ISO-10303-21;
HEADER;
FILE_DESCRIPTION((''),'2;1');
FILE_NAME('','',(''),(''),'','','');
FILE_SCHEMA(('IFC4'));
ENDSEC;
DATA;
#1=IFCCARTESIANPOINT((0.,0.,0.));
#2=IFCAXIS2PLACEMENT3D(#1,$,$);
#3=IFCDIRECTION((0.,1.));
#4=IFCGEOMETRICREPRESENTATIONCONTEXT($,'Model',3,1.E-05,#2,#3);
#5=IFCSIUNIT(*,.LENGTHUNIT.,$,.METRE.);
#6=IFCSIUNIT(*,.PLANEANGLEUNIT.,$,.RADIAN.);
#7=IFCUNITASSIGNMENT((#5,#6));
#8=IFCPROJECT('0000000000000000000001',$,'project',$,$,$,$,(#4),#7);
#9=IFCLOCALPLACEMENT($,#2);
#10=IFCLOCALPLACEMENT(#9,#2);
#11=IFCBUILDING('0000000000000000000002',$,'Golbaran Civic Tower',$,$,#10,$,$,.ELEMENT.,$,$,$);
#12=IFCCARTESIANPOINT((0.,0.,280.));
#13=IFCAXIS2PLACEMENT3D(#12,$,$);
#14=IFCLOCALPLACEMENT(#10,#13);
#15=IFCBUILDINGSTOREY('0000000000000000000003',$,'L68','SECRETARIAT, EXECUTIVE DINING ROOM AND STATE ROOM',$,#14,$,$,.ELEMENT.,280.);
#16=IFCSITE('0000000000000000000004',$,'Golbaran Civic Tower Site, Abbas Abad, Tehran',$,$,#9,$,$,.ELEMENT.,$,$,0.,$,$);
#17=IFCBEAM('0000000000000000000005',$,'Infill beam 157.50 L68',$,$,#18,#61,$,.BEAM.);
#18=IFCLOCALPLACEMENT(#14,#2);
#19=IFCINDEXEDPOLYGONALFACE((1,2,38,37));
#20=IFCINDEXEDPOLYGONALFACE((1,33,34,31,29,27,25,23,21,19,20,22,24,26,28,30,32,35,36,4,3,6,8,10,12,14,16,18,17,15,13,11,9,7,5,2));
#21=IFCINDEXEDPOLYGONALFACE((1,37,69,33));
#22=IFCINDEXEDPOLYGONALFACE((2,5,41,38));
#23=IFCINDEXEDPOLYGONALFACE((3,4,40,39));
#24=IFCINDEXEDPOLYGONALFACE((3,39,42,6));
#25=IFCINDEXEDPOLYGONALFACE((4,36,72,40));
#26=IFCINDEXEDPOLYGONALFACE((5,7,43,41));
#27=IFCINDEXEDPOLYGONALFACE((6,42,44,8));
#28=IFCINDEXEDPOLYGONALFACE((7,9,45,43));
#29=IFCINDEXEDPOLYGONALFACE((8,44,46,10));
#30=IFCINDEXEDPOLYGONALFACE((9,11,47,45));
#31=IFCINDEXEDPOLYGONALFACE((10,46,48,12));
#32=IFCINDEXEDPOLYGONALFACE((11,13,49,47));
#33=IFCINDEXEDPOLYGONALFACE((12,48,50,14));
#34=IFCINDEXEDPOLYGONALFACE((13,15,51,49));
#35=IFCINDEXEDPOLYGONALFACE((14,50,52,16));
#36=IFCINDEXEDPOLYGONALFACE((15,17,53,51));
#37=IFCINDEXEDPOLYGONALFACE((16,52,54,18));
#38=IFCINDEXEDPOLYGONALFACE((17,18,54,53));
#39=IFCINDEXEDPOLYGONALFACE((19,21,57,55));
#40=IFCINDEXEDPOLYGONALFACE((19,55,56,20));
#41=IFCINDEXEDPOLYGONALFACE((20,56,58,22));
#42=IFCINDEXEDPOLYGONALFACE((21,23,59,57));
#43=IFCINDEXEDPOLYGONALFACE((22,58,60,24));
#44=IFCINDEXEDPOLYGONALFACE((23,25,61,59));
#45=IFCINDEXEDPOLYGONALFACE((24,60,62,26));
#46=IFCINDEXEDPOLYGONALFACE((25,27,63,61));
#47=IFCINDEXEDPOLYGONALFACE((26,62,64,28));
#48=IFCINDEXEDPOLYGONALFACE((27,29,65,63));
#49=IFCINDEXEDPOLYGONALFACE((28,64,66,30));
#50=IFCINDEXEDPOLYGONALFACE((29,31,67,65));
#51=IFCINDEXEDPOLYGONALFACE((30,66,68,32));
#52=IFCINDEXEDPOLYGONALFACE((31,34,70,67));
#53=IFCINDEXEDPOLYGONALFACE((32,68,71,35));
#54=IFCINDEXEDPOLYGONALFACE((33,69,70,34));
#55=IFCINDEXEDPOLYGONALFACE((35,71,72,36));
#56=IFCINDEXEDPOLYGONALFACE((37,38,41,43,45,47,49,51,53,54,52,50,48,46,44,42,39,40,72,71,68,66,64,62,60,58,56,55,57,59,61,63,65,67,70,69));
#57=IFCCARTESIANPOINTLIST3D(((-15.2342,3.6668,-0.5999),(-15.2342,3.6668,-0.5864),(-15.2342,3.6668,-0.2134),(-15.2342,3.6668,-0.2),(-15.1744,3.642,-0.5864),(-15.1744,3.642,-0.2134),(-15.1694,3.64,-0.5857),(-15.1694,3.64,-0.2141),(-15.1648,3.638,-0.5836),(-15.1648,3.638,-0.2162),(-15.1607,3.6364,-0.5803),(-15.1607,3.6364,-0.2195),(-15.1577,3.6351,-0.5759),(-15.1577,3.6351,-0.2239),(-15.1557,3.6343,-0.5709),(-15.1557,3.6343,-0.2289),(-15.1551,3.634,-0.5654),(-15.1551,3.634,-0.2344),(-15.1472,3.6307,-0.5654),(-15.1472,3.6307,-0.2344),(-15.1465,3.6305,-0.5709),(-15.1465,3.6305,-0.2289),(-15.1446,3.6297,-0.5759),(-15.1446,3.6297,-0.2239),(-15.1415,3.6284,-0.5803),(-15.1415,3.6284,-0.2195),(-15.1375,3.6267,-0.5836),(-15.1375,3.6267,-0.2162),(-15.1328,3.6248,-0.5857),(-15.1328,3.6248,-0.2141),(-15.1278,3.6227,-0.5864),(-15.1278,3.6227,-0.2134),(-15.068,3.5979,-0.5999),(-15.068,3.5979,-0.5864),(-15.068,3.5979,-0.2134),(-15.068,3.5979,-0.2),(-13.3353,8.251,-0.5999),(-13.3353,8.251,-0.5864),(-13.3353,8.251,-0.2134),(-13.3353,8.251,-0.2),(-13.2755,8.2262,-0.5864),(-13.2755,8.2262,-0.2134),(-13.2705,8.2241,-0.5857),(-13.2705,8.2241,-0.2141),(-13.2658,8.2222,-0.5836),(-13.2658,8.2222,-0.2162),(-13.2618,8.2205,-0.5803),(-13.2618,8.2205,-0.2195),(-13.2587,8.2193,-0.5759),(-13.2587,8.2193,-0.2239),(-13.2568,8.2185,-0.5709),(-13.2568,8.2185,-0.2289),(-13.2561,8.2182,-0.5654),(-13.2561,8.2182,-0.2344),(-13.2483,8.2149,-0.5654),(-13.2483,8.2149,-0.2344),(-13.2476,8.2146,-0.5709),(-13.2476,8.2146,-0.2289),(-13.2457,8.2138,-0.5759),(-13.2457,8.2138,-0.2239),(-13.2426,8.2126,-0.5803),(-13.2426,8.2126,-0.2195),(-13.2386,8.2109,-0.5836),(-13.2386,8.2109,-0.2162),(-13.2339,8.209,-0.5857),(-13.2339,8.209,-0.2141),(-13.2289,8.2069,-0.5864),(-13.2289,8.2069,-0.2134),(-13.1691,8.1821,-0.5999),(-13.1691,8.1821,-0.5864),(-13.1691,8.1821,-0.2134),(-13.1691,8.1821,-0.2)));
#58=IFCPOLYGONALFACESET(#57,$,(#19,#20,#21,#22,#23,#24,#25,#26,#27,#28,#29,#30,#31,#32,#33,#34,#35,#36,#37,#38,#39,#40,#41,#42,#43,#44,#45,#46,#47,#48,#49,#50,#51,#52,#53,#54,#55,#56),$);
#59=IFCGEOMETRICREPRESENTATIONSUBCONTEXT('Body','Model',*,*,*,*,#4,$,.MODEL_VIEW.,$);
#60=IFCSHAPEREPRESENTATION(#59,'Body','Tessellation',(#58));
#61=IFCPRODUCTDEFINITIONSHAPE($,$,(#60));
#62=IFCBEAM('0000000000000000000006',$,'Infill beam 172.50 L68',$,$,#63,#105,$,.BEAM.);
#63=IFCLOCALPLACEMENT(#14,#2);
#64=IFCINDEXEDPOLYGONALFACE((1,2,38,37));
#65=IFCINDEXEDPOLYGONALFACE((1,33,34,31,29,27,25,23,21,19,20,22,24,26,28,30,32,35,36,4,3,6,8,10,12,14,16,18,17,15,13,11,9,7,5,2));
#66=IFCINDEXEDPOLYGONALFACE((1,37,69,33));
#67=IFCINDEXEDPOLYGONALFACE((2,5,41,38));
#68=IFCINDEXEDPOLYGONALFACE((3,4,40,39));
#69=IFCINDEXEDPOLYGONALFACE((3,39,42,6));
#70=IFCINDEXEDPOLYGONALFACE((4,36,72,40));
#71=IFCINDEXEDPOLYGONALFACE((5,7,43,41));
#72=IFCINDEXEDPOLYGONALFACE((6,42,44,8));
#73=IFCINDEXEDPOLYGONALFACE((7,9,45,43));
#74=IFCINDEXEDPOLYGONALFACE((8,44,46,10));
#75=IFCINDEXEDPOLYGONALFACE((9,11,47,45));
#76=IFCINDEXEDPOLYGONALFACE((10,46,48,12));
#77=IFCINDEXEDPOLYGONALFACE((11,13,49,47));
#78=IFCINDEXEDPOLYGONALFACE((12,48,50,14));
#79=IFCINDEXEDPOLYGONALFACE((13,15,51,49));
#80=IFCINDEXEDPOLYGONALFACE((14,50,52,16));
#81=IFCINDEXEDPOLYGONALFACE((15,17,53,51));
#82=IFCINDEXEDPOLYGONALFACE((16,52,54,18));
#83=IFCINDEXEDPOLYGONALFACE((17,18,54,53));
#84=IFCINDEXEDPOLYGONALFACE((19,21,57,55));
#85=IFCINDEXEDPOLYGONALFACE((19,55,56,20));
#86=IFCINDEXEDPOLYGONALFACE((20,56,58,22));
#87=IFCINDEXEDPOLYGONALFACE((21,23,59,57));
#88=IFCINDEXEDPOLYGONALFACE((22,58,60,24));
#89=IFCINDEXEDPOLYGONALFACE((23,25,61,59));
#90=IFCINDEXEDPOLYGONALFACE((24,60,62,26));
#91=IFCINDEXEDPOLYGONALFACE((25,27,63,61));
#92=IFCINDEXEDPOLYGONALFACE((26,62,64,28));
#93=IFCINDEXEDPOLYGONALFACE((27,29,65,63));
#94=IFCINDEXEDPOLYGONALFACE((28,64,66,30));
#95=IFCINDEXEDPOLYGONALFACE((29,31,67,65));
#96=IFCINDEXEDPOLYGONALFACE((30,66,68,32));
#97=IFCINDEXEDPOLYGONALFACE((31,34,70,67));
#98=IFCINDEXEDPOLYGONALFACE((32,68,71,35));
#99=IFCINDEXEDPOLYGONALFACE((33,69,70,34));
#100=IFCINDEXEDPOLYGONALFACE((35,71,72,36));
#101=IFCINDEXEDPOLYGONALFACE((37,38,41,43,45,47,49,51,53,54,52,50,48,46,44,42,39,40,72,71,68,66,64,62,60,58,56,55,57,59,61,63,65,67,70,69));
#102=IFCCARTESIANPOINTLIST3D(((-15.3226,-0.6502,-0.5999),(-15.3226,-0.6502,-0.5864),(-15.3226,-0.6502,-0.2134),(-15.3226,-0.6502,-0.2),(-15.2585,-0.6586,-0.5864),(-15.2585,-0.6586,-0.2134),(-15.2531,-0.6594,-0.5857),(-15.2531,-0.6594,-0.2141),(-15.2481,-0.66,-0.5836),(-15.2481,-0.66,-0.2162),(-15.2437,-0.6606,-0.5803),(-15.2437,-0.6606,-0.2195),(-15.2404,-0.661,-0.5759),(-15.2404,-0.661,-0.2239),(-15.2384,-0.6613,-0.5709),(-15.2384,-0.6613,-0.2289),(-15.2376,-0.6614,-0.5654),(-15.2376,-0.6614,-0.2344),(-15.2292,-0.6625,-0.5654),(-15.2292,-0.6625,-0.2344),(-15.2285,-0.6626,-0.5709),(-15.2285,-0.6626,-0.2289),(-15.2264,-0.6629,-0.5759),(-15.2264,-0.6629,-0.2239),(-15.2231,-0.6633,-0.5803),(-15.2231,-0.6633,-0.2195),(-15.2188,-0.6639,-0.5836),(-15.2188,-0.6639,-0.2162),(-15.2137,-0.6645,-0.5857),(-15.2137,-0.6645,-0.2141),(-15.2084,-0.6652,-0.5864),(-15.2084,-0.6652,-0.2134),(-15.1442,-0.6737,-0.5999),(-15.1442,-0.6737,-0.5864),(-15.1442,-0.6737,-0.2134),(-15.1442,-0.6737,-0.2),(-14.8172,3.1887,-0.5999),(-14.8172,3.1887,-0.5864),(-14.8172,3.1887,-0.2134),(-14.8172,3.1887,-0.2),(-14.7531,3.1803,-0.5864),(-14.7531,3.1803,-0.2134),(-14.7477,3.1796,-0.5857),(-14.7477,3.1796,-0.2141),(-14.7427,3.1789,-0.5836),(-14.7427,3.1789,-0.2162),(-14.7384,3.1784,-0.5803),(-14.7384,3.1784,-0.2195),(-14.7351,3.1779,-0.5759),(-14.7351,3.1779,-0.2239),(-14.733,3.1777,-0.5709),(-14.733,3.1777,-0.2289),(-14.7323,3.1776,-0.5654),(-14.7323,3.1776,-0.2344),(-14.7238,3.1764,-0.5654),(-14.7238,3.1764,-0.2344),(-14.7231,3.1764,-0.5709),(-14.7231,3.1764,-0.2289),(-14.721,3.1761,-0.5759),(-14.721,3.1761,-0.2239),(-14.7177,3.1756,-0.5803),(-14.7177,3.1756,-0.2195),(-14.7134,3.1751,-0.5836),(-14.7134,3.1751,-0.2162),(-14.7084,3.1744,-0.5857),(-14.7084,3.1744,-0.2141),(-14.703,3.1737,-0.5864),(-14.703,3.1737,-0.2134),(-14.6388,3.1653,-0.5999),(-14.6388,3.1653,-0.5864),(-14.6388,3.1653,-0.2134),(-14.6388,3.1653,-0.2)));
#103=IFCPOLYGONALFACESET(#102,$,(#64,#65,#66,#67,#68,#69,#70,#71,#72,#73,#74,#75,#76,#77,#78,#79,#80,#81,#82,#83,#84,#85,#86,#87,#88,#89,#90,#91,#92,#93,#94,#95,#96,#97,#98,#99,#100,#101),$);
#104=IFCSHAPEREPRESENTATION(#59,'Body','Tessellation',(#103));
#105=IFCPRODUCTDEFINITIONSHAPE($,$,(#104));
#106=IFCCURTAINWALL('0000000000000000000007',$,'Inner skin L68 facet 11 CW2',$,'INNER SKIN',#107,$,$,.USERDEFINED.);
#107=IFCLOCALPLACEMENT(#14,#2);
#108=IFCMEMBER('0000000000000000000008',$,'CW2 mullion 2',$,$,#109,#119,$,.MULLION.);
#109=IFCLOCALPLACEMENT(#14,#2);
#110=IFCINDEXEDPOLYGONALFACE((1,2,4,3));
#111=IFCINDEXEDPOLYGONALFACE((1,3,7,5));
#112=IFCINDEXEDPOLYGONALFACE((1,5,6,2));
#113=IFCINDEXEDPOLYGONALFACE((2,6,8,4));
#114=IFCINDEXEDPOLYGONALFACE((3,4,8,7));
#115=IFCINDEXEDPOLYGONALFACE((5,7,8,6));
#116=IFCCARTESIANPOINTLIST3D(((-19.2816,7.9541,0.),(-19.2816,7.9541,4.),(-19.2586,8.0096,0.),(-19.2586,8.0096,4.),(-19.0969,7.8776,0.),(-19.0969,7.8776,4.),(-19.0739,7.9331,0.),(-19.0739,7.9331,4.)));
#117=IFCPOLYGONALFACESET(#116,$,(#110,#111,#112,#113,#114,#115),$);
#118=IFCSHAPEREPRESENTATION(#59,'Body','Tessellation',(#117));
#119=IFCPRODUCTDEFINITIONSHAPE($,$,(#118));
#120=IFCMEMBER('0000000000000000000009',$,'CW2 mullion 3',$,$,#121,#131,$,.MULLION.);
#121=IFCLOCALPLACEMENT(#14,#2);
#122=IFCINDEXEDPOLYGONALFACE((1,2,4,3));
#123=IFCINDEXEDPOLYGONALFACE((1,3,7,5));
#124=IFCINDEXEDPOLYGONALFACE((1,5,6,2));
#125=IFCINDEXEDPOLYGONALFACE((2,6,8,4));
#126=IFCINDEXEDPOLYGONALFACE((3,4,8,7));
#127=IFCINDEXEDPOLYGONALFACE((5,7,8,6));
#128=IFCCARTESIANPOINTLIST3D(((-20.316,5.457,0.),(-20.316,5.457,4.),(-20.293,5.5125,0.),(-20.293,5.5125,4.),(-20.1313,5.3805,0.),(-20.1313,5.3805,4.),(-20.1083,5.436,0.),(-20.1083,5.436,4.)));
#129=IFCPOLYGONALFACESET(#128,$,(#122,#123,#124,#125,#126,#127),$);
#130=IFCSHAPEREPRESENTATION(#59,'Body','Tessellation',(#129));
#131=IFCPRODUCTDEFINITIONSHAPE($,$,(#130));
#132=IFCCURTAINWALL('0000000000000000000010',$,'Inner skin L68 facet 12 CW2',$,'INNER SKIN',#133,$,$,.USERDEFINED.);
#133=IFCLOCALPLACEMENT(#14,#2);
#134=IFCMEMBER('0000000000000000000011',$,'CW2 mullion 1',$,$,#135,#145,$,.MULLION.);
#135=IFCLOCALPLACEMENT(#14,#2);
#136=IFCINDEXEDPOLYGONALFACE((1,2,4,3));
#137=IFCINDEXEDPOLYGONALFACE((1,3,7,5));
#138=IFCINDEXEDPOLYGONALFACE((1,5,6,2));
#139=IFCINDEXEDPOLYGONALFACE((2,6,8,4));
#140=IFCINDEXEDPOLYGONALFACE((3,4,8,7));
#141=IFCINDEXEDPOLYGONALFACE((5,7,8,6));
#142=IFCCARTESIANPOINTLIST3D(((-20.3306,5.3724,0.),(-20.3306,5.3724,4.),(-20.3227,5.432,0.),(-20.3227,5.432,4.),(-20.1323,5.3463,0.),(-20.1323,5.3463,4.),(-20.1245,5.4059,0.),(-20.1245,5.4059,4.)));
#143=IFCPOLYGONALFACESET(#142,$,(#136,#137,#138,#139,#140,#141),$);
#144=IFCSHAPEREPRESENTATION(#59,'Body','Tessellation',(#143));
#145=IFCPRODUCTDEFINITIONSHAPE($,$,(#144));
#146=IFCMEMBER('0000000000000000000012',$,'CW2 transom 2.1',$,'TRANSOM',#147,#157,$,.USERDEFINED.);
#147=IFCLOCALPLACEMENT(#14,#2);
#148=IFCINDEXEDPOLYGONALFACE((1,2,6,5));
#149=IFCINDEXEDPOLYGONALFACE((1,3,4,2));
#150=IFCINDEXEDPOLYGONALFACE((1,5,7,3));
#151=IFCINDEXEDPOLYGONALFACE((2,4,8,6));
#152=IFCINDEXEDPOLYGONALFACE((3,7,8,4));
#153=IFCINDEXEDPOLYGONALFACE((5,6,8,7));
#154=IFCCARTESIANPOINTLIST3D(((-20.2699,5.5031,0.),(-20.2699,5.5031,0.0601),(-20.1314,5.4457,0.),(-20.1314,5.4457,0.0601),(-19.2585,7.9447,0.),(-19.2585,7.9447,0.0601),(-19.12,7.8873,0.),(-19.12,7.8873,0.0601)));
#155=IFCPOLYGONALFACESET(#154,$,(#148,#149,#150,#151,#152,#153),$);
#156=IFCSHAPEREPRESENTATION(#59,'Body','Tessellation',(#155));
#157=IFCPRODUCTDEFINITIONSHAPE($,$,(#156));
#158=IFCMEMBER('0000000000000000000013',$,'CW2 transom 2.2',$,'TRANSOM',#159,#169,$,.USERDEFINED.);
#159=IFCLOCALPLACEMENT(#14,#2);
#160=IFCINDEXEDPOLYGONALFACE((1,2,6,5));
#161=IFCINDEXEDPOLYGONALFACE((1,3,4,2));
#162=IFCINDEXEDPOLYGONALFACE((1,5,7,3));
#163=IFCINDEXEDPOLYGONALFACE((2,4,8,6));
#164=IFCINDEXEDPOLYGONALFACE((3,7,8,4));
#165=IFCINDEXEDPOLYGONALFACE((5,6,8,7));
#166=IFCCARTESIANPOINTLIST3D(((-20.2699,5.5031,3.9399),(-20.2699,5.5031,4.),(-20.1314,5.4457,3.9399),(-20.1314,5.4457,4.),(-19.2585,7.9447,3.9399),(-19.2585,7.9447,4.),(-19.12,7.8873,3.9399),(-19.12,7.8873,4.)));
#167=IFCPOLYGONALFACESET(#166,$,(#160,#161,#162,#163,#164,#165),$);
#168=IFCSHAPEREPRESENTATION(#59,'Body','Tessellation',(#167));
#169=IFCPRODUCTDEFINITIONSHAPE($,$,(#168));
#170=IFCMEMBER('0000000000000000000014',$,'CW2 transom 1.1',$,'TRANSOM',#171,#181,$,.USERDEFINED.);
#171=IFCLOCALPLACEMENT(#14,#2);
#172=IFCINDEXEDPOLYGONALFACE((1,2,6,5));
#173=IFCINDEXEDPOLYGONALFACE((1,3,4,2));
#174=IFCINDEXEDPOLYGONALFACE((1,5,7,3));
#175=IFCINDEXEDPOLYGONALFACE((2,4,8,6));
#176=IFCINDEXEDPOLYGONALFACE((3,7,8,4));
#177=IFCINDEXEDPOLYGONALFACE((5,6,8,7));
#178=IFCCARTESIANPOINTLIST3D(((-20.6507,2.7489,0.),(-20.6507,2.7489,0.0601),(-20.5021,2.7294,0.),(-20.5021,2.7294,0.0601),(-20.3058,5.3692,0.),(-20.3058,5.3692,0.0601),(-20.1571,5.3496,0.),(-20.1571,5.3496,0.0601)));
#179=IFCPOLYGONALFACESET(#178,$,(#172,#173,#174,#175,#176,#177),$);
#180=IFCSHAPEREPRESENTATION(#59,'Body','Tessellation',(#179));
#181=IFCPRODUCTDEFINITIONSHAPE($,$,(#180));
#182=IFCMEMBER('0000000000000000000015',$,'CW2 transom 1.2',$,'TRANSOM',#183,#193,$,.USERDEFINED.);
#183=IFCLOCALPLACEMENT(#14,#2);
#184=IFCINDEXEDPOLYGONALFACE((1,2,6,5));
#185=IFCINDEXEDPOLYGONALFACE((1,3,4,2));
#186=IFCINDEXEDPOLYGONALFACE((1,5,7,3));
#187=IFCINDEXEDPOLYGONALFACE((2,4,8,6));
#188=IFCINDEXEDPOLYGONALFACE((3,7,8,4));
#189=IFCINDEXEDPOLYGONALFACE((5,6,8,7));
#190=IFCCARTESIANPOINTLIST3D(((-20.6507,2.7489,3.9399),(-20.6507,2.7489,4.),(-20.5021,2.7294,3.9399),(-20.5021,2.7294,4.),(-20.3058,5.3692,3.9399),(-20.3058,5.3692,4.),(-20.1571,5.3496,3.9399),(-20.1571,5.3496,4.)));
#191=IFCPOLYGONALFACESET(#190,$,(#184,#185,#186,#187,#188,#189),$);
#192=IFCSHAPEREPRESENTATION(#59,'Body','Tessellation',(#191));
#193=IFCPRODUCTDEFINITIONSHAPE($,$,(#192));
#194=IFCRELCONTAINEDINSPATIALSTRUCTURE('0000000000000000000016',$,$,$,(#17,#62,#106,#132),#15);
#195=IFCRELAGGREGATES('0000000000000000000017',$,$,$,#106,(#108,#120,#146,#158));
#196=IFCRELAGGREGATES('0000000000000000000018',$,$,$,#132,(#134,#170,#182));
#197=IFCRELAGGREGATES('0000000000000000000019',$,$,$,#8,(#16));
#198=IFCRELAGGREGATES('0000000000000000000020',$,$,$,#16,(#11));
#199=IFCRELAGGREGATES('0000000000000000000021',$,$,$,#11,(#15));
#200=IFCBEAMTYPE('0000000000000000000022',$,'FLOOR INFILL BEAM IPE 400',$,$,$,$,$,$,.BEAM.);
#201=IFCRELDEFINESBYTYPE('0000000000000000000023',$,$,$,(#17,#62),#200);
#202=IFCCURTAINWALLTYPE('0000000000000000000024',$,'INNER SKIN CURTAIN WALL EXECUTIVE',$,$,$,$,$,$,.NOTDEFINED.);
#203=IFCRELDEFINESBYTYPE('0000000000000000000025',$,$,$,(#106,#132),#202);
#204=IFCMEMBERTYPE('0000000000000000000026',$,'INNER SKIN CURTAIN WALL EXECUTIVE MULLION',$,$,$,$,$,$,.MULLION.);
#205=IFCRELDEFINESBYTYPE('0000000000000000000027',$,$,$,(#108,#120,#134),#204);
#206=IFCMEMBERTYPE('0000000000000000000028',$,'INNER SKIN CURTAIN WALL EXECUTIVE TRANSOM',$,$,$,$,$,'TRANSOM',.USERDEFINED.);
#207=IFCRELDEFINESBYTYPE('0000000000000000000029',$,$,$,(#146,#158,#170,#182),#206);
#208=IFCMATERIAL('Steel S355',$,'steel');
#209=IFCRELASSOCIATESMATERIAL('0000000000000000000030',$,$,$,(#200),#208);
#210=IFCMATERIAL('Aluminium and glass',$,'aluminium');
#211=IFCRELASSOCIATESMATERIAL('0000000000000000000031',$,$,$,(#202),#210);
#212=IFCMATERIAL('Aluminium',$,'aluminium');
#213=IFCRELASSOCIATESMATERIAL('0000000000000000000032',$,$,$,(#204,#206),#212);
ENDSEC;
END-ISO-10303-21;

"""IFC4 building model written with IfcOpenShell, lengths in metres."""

from ifc_helpers import new_model, si_unit, direction, frame, origin, origin_2d, place, context, subcontext, project, spatial, rectangle, i_section, extrude, material, material_profile, profile_set, type_object, element, aggregate, save


model = new_model("IFC4")

# Units and contexts
model_context = context("Model", 3, precision=1e-05, world=origin(), true_north=direction((0.0, 1.0)))
body_context = subcontext(model_context, "Body", "Model", "MODEL_VIEW")
ifc_project = project(units=[si_unit("LENGTHUNIT", "METRE"), si_unit("PLANEANGLEUNIT", "RADIAN")], contexts=[model_context])

# Site, building, storey
site_placement = place(None, origin())
site = spatial("IfcSite", under=ifc_project, at=site_placement, Name="Golbaran Civic Tower Site, Abbas Abad, Tehran", CompositionType="ELEMENT", RefElevation=0.0)
building_placement = place(site_placement, origin())
building = spatial("IfcBuilding", under=site, at=building_placement, Name="Golbaran Civic Tower", CompositionType="ELEMENT")
storey_placement = place(building_placement, frame((0.0, 0.0, 280.0)))
storey = spatial("IfcBuildingStorey", under=building, at=storey_placement, Name="L68", Description="SECRETARIAT, EXECUTIVE DINING ROOM AND STATE ROOM", CompositionType="ELEMENT", Elevation=280.0)

# Beams
ifc_material_1 = material(Name="Steel S355", Category="steel")
ifc_material_profile_1 = material_profile(ifc_material_1, i_section(OverallWidth=0.1799, OverallDepth=0.3999, WebThickness=0.0085, FlangeThickness=0.0134, FilletRadius=0.021, at=origin_2d()), Name="IPE 400")
ifc_profile_set_1 = profile_set([ifc_material_profile_1], Name="Steel S355")
beam_type = type_object("IfcBeamType", Name="FLOOR INFILL BEAM IPE 400", PredefinedType="BEAM", material=ifc_profile_set_1)
beam_1_placement = place(storey_placement, frame((-13.2522, 8.2166, -0.3999), z_axis=(-0.382697, -0.923874, 0.0), x_axis=(0.923874, -0.382697, 0.0)))
element("IfcBeam", 1, at=beam_1_placement, inside=storey, type_object=beam_type, Name="Infill beam 157.50 L68", PredefinedType="BEAM", context=body_context, shape_type="SweptSolid", body=[
    extrude(i_section(OverallWidth=0.1799, OverallDepth=0.3999, WebThickness=0.0085, FlangeThickness=0.0134, FilletRadius=0.021, at=origin_2d()), origin(), (0.0, 0.0, 1.0), 4.9619),
])
beam_2_placement = place(storey_placement, frame((-14.728, 3.177, -0.3999), z_axis=(-0.13052, -0.991446, 0.0), x_axis=(0.991446, -0.13052, 0.0)))
element("IfcBeam", 2, at=beam_2_placement, inside=storey, type_object=beam_type, Name="Infill beam 172.50 L68", PredefinedType="BEAM", context=body_context, shape_type="SweptSolid", body=[
    extrude(i_section(OverallWidth=0.1799, OverallDepth=0.3999, WebThickness=0.0085, FlangeThickness=0.0134, FilletRadius=0.021, at=origin_2d()), origin(), (0.0, 0.0, 1.0), 3.8721),
])

# Curtain wall, members
ifc_material_2 = material(Name="Aluminium and glass", Category="aluminium")
curtain_wall_type = type_object("IfcCurtainWallType", Name="INNER SKIN CURTAIN WALL EXECUTIVE", PredefinedType="NOTDEFINED", material=ifc_material_2)
curtain_wall_1_placement = place(storey_placement, origin())
curtain_wall_1 = element("IfcCurtainWall", 3, at=curtain_wall_1_placement, inside=storey, type_object=curtain_wall_type, Name="Inner skin L68 facet 11 CW2", ObjectType="INNER SKIN", PredefinedType="USERDEFINED")
ifc_material_3 = material(Name="Aluminium", Category="aluminium")
ifc_material_profile_2 = material_profile(ifc_material_3, rectangle(XDim=0.2, YDim=0.0601, at=origin_2d()), Name="INNER SKIN CURTAIN WALL EXECUTIVE MULLION")
ifc_profile_set_2 = profile_set([ifc_material_profile_2], Name="Aluminium")
member_type_1 = type_object("IfcMemberType", Name="INNER SKIN CURTAIN WALL EXECUTIVE MULLION", PredefinedType="MULLION", material=ifc_profile_set_2)
member_1_placement = place(storey_placement, frame((-19.1777, 7.9436, 0.0), z_axis=(0.0, 0.0, 1.0), x_axis=(0.92388, -0.382683, 0.0)))
member_1 = element("IfcMember", 4, at=member_1_placement, type_object=member_type_1, Name="CW2 mullion 2", PredefinedType="MULLION", context=body_context, shape_type="SweptSolid", body=[
    extrude(rectangle(XDim=0.2, YDim=0.0601, at=origin_2d()), origin(), (0.0, 0.0, 1.0), 4.0),
])
member_2_placement = place(storey_placement, frame((-20.2122, 5.4465, 0.0), z_axis=(0.0, 0.0, 1.0), x_axis=(0.92388, -0.382683, 0.0)))
member_2 = element("IfcMember", 5, at=member_2_placement, type_object=member_type_1, Name="CW2 mullion 3", PredefinedType="MULLION", context=body_context, shape_type="SweptSolid", body=[
    extrude(rectangle(XDim=0.2, YDim=0.0601, at=origin_2d()), origin(), (0.0, 0.0, 1.0), 4.0),
])

# Curtain wall, member
curtain_wall_2_placement = place(storey_placement, origin())
curtain_wall_2 = element("IfcCurtainWall", 6, at=curtain_wall_2_placement, inside=storey, type_object=curtain_wall_type, Name="Inner skin L68 facet 12 CW2", ObjectType="INNER SKIN", PredefinedType="USERDEFINED")
member_3_placement = place(storey_placement, frame((-20.2275, 5.3892, 0.0), z_axis=(0.0, 0.0, 1.0), x_axis=(0.991445, -0.130526, 0.0)))
member_3 = element("IfcMember", 7, at=member_3_placement, type_object=member_type_1, Name="CW2 mullion 1", PredefinedType="MULLION", context=body_context, shape_type="SweptSolid", body=[
    extrude(rectangle(XDim=0.2, YDim=0.0601, at=origin_2d()), origin(), (0.0, 0.0, 1.0), 4.0),
])

# Members
ifc_material_profile_3 = material_profile(ifc_material_3, rectangle(XDim=0.1499, YDim=0.0601, at=origin_2d()), Name="INNER SKIN CURTAIN WALL EXECUTIVE TRANSOM")
ifc_profile_set_3 = profile_set([ifc_material_profile_3], Name="Aluminium")
member_type_2 = type_object("IfcMemberType", Name="INNER SKIN CURTAIN WALL EXECUTIVE TRANSOM", ElementType="TRANSOM", PredefinedType="USERDEFINED", material=ifc_profile_set_3)
member_4_placement = place(storey_placement, frame((-19.1892, 7.916, 0.03), z_axis=(-0.382719, -0.923865, 0.0), x_axis=(0.923865, -0.382719, 0.0)))
member_4 = element("IfcMember", 8, at=member_4_placement, type_object=member_type_2, Name="CW2 transom 2.1", ObjectType="TRANSOM", PredefinedType="USERDEFINED", context=body_context, shape_type="SweptSolid", body=[
    extrude(rectangle(XDim=0.1499, YDim=0.0601, at=origin_2d()), origin(), (0.0, 0.0, 1.0), 2.6428),
])
member_5_placement = place(storey_placement, frame((-19.1892, 7.916, 3.97), z_axis=(-0.382719, -0.923865, 0.0), x_axis=(0.923865, -0.382719, 0.0)))
member_5 = element("IfcMember", 9, at=member_5_placement, type_object=member_type_2, Name="CW2 transom 2.2", ObjectType="TRANSOM", PredefinedType="USERDEFINED", context=body_context, shape_type="SweptSolid", body=[
    extrude(rectangle(XDim=0.1499, YDim=0.0601, at=origin_2d()), origin(), (0.0, 0.0, 1.0), 2.6428),
])
member_6_placement = place(storey_placement, frame((-20.2314, 5.3594, 0.03), z_axis=(-0.130536, -0.991444, 0.0), x_axis=(0.991444, -0.130536, 0.0)))
member_6 = element("IfcMember", 10, at=member_6_placement, type_object=member_type_2, Name="CW2 transom 1.1", ObjectType="TRANSOM", PredefinedType="USERDEFINED", context=body_context, shape_type="SweptSolid", body=[
    extrude(rectangle(XDim=0.1499, YDim=0.0601, at=origin_2d()), origin(), (0.0, 0.0, 1.0), 2.6428),
])
member_7_placement = place(storey_placement, frame((-20.2314, 5.3594, 3.97), z_axis=(-0.130536, -0.991444, 0.0), x_axis=(0.991444, -0.130536, 0.0)))
member_7 = element("IfcMember", 11, at=member_7_placement, type_object=member_type_2, Name="CW2 transom 1.2", ObjectType="TRANSOM", PredefinedType="USERDEFINED", context=body_context, shape_type="SweptSolid", body=[
    extrude(rectangle(XDim=0.1499, YDim=0.0601, at=origin_2d()), origin(), (0.0, 0.0, 1.0), 2.6428),
])

aggregate(curtain_wall_1, [member_1, member_2, member_4, member_5])
aggregate(curtain_wall_2, [member_3, member_6, member_7])

save(model, "model.ifc")
